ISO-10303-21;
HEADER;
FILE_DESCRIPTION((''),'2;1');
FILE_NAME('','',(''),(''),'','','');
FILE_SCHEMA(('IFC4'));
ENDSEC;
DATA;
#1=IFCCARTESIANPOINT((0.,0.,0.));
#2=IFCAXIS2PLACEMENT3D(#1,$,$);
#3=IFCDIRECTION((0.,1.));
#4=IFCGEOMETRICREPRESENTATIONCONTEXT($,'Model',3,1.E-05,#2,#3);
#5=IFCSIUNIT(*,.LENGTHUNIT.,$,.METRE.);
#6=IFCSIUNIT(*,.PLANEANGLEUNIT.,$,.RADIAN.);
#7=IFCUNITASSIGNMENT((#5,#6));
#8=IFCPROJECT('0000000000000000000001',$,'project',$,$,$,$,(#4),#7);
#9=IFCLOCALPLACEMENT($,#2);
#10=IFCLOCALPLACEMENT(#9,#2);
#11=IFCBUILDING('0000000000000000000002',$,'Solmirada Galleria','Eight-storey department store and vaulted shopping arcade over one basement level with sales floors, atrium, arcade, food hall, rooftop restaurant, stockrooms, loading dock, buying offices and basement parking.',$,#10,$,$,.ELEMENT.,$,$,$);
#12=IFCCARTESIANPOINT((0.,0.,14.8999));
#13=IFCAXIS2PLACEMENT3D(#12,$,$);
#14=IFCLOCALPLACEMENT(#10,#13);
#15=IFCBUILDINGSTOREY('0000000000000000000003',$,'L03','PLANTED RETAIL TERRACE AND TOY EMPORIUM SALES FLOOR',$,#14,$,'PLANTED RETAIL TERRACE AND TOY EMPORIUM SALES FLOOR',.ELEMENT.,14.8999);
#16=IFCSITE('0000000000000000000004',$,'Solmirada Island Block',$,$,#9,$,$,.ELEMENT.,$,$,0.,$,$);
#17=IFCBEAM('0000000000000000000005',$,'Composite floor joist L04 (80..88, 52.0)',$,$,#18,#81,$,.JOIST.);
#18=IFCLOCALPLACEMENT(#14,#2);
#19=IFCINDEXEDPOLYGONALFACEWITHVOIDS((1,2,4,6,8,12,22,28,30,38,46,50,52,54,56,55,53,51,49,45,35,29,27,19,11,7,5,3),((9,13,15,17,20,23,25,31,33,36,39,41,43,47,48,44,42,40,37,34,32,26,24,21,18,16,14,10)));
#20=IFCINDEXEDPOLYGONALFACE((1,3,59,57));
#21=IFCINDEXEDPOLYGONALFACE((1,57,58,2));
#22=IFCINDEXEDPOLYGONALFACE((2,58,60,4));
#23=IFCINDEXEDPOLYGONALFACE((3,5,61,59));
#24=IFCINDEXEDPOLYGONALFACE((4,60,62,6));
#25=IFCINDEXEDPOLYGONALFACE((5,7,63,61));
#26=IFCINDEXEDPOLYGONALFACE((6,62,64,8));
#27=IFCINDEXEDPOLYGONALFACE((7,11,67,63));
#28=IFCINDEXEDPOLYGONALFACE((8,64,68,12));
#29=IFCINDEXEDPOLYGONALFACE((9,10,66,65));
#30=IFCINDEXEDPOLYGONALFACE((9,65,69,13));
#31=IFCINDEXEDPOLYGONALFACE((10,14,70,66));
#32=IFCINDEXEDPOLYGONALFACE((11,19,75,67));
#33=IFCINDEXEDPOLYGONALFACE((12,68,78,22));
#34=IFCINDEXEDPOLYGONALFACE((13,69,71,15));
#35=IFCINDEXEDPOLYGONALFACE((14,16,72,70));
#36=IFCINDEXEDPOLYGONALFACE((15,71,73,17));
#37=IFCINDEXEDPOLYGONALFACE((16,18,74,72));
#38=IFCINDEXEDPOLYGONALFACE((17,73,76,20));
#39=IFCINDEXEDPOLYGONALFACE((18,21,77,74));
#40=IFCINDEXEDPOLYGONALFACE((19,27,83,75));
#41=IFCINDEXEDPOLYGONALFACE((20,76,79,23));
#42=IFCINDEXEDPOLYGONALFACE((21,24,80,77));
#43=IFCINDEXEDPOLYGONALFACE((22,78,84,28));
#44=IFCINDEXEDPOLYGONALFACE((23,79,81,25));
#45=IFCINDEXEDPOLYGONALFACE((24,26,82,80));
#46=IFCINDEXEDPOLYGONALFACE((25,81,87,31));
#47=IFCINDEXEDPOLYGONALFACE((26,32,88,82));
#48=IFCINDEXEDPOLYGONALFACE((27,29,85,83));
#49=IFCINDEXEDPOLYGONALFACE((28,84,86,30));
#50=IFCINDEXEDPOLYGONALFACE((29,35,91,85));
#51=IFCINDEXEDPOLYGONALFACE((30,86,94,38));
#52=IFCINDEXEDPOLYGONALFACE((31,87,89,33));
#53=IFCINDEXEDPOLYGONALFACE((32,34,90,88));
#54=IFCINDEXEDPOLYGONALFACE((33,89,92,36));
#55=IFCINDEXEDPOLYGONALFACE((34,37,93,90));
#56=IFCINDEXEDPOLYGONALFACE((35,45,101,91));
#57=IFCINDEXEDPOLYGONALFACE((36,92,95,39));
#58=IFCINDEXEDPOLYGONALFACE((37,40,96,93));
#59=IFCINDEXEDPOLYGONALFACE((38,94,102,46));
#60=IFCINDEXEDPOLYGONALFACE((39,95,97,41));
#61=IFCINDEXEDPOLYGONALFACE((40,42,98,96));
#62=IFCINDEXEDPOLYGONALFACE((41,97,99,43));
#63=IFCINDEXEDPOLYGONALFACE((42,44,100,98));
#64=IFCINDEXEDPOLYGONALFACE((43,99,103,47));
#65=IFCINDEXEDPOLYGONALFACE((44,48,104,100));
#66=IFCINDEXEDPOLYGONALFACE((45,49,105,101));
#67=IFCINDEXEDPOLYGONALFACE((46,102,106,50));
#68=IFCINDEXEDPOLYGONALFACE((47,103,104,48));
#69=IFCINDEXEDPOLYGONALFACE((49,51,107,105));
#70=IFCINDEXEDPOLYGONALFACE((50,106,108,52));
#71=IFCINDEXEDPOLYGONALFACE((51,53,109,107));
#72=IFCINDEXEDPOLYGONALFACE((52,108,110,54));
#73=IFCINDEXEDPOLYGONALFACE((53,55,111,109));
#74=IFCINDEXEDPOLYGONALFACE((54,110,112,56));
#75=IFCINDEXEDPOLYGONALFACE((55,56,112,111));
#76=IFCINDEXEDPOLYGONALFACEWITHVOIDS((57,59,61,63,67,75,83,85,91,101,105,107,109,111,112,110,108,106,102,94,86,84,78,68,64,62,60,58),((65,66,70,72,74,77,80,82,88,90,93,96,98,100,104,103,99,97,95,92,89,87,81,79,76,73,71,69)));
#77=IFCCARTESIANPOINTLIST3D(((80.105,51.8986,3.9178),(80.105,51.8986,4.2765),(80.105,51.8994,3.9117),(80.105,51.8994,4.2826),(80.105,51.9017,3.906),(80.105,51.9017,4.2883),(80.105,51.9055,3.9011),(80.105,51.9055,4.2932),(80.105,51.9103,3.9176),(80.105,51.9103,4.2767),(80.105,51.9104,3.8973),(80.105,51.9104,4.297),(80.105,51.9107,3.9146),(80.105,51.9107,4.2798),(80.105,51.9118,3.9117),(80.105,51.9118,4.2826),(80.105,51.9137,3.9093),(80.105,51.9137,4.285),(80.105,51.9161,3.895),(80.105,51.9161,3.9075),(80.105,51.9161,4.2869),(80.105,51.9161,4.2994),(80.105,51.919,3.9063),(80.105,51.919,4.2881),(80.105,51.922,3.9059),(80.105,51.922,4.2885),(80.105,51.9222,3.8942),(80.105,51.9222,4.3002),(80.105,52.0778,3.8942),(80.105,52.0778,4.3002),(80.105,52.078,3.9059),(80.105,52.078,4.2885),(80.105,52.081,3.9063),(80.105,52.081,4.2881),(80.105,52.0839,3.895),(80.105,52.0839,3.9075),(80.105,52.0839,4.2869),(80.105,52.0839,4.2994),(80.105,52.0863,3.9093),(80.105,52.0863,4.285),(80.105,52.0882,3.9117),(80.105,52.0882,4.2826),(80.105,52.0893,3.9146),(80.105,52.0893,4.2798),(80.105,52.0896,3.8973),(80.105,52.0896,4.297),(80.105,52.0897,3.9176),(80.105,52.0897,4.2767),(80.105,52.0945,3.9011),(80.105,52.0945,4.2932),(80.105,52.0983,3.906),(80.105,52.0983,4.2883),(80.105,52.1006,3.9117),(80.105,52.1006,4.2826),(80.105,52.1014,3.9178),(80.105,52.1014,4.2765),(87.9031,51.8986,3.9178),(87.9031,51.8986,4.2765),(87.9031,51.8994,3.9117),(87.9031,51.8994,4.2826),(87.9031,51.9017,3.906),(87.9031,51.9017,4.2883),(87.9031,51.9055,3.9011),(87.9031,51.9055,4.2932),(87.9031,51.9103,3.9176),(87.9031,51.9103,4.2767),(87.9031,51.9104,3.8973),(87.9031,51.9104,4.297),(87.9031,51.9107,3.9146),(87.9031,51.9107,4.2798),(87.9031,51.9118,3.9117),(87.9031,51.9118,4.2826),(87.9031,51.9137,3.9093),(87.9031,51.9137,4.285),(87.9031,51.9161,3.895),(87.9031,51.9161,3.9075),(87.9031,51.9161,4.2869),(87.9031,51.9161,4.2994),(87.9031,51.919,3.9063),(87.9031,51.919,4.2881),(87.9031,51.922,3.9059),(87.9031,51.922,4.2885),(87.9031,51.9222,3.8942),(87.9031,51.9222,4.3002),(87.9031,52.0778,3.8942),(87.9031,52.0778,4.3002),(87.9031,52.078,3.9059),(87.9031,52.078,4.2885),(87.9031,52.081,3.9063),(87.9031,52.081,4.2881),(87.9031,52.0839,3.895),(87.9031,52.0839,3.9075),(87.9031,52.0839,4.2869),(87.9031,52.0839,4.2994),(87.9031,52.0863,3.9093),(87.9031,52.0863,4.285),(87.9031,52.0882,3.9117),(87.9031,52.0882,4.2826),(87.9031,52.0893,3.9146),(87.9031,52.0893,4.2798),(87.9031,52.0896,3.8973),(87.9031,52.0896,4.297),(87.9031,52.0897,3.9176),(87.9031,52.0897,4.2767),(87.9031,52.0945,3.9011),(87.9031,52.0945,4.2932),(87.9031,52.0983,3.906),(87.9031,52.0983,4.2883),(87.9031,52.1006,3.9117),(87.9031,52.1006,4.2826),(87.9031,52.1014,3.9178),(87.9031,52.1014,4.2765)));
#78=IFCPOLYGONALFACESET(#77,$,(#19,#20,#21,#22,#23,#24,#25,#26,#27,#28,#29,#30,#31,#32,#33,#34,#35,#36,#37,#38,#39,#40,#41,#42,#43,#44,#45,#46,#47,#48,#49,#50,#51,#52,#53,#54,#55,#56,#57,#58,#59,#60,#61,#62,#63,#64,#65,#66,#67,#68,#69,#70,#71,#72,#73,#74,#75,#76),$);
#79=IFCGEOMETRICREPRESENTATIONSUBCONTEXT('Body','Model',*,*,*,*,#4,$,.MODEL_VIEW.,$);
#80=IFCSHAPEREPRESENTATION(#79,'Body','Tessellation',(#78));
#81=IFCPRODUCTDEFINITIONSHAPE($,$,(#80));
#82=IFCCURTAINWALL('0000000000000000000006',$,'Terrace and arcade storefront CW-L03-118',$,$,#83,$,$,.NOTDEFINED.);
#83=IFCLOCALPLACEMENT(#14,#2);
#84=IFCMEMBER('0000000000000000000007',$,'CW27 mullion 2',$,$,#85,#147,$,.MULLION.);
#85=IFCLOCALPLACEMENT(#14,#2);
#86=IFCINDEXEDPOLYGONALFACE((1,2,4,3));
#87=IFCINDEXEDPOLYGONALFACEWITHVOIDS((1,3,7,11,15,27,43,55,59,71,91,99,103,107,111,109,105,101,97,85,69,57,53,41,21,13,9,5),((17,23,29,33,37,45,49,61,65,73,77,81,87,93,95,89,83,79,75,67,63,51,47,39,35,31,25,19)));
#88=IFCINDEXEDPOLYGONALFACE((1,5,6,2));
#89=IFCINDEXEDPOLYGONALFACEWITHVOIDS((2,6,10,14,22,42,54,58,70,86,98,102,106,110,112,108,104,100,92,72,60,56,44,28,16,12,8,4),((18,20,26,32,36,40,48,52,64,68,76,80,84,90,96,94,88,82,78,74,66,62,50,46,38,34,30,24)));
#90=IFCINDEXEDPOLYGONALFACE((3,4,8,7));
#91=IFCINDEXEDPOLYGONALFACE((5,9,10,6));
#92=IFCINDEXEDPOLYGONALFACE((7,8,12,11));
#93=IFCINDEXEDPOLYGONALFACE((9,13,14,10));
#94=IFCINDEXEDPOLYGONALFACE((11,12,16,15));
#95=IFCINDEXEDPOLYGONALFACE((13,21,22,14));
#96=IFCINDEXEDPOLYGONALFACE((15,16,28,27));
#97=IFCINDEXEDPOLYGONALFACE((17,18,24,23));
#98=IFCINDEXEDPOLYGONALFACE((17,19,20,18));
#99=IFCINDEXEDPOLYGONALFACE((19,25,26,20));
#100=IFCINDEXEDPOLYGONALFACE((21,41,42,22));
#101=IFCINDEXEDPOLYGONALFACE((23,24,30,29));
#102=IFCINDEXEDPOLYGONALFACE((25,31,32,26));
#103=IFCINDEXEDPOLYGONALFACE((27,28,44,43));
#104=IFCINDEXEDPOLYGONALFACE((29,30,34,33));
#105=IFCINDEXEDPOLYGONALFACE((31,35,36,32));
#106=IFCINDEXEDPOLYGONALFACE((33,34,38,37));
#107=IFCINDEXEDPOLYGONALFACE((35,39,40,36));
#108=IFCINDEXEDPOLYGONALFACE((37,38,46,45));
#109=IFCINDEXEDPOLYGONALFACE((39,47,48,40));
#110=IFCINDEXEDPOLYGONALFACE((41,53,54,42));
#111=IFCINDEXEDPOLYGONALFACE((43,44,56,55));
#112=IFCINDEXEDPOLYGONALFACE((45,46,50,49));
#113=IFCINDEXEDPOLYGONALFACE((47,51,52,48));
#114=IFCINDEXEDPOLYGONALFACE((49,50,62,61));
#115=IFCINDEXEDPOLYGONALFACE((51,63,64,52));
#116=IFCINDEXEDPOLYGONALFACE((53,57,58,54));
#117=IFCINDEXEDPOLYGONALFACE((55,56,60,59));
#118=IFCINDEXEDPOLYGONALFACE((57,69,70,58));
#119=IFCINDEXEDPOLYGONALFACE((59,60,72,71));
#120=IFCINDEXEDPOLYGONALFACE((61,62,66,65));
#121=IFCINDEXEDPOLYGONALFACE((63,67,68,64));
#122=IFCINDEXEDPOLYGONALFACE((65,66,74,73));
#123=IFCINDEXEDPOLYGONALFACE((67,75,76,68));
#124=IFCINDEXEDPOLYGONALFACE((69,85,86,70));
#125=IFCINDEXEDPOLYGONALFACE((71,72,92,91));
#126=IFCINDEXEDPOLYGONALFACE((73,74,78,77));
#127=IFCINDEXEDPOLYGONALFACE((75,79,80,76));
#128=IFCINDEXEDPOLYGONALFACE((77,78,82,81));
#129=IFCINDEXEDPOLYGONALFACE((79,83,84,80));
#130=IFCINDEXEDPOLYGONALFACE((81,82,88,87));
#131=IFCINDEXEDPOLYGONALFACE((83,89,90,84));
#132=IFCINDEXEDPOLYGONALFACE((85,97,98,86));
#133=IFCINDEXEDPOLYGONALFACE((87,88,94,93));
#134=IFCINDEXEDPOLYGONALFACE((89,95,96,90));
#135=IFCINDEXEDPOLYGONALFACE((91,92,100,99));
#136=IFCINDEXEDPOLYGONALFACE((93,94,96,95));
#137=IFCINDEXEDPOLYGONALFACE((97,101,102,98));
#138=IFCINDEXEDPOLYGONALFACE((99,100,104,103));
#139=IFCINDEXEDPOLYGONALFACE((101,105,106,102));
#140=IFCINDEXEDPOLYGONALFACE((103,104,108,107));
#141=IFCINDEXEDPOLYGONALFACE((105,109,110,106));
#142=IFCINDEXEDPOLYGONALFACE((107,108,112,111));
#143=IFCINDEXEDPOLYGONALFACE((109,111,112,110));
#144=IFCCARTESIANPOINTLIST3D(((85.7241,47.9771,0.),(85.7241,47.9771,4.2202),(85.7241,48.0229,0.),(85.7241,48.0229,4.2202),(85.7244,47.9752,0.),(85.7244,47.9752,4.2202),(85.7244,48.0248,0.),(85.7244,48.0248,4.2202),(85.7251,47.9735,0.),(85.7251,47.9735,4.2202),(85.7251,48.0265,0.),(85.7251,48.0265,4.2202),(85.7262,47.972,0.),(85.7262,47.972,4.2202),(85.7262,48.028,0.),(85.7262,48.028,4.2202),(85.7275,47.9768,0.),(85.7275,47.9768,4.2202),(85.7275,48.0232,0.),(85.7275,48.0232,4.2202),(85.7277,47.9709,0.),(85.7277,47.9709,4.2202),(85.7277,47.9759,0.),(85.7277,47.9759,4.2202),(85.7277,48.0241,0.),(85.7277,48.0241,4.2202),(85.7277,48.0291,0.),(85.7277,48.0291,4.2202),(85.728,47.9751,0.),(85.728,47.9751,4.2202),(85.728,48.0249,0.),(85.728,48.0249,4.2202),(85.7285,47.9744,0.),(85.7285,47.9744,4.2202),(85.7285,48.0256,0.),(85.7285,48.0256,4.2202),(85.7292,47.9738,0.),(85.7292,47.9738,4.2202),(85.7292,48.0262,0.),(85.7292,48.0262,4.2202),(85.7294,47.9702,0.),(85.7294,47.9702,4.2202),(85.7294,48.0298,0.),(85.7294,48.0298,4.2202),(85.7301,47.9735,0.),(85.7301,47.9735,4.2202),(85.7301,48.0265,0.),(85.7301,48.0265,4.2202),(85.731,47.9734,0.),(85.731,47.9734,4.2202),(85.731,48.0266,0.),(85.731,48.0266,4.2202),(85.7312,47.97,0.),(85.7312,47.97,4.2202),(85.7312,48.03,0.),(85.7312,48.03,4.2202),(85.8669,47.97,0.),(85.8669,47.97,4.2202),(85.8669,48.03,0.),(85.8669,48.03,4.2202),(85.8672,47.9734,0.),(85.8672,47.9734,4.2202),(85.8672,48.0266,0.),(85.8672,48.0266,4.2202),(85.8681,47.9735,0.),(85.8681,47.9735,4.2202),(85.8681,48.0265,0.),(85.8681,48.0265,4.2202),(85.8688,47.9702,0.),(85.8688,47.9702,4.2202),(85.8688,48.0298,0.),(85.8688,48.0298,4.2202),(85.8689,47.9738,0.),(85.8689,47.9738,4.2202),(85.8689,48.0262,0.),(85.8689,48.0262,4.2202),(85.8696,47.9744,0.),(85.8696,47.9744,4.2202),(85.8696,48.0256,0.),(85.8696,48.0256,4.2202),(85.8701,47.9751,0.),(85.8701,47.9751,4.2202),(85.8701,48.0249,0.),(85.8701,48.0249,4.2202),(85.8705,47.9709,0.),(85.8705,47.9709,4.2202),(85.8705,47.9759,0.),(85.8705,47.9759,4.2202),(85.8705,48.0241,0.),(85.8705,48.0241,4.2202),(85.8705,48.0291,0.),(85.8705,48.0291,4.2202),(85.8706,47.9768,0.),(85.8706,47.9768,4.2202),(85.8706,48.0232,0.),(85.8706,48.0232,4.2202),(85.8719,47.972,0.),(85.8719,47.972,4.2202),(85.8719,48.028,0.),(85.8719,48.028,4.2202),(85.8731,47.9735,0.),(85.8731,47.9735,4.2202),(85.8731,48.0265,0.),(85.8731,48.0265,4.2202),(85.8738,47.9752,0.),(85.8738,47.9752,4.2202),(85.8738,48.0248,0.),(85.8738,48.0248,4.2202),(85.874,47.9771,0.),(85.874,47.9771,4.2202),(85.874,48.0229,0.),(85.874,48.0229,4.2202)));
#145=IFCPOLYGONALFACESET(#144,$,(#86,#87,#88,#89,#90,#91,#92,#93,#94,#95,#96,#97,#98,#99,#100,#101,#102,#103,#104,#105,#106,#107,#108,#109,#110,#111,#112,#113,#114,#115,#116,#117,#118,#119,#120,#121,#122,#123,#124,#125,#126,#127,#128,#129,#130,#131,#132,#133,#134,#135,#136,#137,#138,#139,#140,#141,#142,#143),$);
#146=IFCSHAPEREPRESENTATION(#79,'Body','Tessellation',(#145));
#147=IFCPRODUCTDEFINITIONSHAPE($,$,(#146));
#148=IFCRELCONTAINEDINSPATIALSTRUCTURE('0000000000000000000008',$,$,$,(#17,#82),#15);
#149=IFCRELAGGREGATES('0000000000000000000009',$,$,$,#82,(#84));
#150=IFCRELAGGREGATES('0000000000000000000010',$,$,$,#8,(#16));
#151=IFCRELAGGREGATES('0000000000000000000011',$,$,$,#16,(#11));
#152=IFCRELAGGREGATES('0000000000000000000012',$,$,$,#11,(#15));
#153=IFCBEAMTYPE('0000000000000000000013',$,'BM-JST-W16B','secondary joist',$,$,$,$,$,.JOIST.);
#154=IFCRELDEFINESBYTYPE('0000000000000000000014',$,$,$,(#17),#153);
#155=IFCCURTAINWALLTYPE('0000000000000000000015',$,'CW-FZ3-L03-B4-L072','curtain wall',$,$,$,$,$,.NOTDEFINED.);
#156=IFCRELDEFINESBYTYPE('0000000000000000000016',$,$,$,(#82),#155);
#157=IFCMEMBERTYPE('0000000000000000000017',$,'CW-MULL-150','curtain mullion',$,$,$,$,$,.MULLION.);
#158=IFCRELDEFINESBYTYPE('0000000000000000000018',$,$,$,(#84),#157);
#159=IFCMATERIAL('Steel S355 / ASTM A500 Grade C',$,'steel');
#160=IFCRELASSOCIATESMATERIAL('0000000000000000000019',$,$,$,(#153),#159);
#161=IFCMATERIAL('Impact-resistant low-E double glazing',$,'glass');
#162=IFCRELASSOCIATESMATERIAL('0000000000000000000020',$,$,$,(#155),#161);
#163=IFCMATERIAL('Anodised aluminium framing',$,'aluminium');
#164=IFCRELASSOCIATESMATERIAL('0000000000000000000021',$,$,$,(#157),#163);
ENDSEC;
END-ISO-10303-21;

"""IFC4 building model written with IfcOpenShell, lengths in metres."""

from ifc_helpers import new_model, si_unit, direction, frame, origin, origin_2d, place, context, subcontext, project, spatial, hollow_rectangle, extrude, material, material_profile, profile_set, type_object, element, aggregate, save


model = new_model("IFC4")

# Units and contexts
model_context = context("Model", 3, precision=1e-05, world=origin(), true_north=direction((0.0, 1.0)))
body_context = subcontext(model_context, "Body", "Model", "MODEL_VIEW")
ifc_project = project(units=[si_unit("LENGTHUNIT", "METRE"), si_unit("PLANEANGLEUNIT", "RADIAN")], contexts=[model_context])

# Site, building, storey
site_placement = place(None, origin())
site = spatial("IfcSite", under=ifc_project, at=site_placement, Name="Solmirada Island Block", CompositionType="ELEMENT", RefElevation=0.0)
building_placement = place(site_placement, origin())
building = spatial("IfcBuilding", under=site, at=building_placement, Name="Solmirada Galleria", Description="Eight-storey department store and vaulted shopping arcade over one basement level with sales floors, atrium, arcade, food hall, rooftop restaurant, stockrooms, loading dock, buying offices and basement parking.", CompositionType="ELEMENT")
storey_placement = place(building_placement, frame((0.0, 0.0, 14.8999)))
storey = spatial("IfcBuildingStorey", under=building, at=storey_placement, Name="L03", Description="PLANTED RETAIL TERRACE AND TOY EMPORIUM SALES FLOOR", LongName="PLANTED RETAIL TERRACE AND TOY EMPORIUM SALES FLOOR", CompositionType="ELEMENT", Elevation=14.8999)

# Beam
ifc_material_1 = material(Name="Steel S355 / ASTM A500 Grade C", Category="steel")
ifc_material_profile_1 = material_profile(ifc_material_1, hollow_rectangle(XDim=0.2029, YDim=0.406, WallThickness=0.0117, InnerFilletRadius=0.0117, OuterFilletRadius=0.0237, at=origin_2d()), Name="HSS16X8X1/2")
ifc_profile_set_1 = profile_set([ifc_material_profile_1], Name="Steel S355 / ASTM A500 Grade C")
beam_type = type_object("IfcBeamType", Name="BM-JST-W16B", Description="secondary joist", PredefinedType="JOIST", material=ifc_profile_set_1)
beam_placement = place(storey_placement, frame((80.105, 52.0, 4.0972), z_axis=(1.0, 0.0, 0.0), x_axis=(0.0, 1.0, 0.0)))
element("IfcBeam", 1, at=beam_placement, inside=storey, type_object=beam_type, Name="Composite floor joist L04 (80..88, 52.0)", PredefinedType="JOIST", context=body_context, shape_type="SweptSolid", body=[
    extrude(hollow_rectangle(XDim=0.2029, YDim=0.406, WallThickness=0.0117, InnerFilletRadius=0.0117, OuterFilletRadius=0.0237, at=origin_2d()), origin(), (0.0, 0.0, 1.0), 7.7981),
])

# Curtain wall, member
ifc_material_2 = material(Name="Impact-resistant low-E double glazing", Category="glass")
curtain_wall_type = type_object("IfcCurtainWallType", Name="CW-FZ3-L03-B4-L072", Description="curtain wall", PredefinedType="NOTDEFINED", material=ifc_material_2)
curtain_wall_1_placement = place(storey_placement, origin())
curtain_wall_1 = element("IfcCurtainWall", 2, at=curtain_wall_1_placement, inside=storey, type_object=curtain_wall_type, Name="Terrace and arcade storefront CW-L03-118", PredefinedType="NOTDEFINED")
ifc_material_3 = material(Name="Anodised aluminium framing", Category="aluminium")
ifc_material_profile_2 = material_profile(ifc_material_3, hollow_rectangle(XDim=0.0601, YDim=0.1499, WallThickness=0.0034, InnerFilletRadius=0.0034, OuterFilletRadius=0.0071, at=origin_2d()), Name="ALU-MULL-150X60")
ifc_profile_set_2 = profile_set([ifc_material_profile_2], Name="Anodised aluminium framing")
member_type_1 = type_object("IfcMemberType", Name="CW-MULL-150", Description="curtain mullion", PredefinedType="MULLION", material=ifc_profile_set_2)
member_1_placement = place(storey_placement, frame((85.7991, 48.0, 0.0), z_axis=(0.0, 0.0, 1.0), x_axis=(0.0, -1.0, 0.0)))
member_1 = element("IfcMember", 3, at=member_1_placement, type_object=member_type_1, Name="CW27 mullion 2", PredefinedType="MULLION", context=body_context, shape_type="SweptSolid", body=[
    extrude(hollow_rectangle(XDim=0.0601, YDim=0.1499, WallThickness=0.0034, InnerFilletRadius=0.0034, OuterFilletRadius=0.0071, at=origin_2d()), origin(), (0.0, 0.0, 1.0), 4.2202),
])

aggregate(curtain_wall_1, [member_1])

save(model, "model.ifc")
